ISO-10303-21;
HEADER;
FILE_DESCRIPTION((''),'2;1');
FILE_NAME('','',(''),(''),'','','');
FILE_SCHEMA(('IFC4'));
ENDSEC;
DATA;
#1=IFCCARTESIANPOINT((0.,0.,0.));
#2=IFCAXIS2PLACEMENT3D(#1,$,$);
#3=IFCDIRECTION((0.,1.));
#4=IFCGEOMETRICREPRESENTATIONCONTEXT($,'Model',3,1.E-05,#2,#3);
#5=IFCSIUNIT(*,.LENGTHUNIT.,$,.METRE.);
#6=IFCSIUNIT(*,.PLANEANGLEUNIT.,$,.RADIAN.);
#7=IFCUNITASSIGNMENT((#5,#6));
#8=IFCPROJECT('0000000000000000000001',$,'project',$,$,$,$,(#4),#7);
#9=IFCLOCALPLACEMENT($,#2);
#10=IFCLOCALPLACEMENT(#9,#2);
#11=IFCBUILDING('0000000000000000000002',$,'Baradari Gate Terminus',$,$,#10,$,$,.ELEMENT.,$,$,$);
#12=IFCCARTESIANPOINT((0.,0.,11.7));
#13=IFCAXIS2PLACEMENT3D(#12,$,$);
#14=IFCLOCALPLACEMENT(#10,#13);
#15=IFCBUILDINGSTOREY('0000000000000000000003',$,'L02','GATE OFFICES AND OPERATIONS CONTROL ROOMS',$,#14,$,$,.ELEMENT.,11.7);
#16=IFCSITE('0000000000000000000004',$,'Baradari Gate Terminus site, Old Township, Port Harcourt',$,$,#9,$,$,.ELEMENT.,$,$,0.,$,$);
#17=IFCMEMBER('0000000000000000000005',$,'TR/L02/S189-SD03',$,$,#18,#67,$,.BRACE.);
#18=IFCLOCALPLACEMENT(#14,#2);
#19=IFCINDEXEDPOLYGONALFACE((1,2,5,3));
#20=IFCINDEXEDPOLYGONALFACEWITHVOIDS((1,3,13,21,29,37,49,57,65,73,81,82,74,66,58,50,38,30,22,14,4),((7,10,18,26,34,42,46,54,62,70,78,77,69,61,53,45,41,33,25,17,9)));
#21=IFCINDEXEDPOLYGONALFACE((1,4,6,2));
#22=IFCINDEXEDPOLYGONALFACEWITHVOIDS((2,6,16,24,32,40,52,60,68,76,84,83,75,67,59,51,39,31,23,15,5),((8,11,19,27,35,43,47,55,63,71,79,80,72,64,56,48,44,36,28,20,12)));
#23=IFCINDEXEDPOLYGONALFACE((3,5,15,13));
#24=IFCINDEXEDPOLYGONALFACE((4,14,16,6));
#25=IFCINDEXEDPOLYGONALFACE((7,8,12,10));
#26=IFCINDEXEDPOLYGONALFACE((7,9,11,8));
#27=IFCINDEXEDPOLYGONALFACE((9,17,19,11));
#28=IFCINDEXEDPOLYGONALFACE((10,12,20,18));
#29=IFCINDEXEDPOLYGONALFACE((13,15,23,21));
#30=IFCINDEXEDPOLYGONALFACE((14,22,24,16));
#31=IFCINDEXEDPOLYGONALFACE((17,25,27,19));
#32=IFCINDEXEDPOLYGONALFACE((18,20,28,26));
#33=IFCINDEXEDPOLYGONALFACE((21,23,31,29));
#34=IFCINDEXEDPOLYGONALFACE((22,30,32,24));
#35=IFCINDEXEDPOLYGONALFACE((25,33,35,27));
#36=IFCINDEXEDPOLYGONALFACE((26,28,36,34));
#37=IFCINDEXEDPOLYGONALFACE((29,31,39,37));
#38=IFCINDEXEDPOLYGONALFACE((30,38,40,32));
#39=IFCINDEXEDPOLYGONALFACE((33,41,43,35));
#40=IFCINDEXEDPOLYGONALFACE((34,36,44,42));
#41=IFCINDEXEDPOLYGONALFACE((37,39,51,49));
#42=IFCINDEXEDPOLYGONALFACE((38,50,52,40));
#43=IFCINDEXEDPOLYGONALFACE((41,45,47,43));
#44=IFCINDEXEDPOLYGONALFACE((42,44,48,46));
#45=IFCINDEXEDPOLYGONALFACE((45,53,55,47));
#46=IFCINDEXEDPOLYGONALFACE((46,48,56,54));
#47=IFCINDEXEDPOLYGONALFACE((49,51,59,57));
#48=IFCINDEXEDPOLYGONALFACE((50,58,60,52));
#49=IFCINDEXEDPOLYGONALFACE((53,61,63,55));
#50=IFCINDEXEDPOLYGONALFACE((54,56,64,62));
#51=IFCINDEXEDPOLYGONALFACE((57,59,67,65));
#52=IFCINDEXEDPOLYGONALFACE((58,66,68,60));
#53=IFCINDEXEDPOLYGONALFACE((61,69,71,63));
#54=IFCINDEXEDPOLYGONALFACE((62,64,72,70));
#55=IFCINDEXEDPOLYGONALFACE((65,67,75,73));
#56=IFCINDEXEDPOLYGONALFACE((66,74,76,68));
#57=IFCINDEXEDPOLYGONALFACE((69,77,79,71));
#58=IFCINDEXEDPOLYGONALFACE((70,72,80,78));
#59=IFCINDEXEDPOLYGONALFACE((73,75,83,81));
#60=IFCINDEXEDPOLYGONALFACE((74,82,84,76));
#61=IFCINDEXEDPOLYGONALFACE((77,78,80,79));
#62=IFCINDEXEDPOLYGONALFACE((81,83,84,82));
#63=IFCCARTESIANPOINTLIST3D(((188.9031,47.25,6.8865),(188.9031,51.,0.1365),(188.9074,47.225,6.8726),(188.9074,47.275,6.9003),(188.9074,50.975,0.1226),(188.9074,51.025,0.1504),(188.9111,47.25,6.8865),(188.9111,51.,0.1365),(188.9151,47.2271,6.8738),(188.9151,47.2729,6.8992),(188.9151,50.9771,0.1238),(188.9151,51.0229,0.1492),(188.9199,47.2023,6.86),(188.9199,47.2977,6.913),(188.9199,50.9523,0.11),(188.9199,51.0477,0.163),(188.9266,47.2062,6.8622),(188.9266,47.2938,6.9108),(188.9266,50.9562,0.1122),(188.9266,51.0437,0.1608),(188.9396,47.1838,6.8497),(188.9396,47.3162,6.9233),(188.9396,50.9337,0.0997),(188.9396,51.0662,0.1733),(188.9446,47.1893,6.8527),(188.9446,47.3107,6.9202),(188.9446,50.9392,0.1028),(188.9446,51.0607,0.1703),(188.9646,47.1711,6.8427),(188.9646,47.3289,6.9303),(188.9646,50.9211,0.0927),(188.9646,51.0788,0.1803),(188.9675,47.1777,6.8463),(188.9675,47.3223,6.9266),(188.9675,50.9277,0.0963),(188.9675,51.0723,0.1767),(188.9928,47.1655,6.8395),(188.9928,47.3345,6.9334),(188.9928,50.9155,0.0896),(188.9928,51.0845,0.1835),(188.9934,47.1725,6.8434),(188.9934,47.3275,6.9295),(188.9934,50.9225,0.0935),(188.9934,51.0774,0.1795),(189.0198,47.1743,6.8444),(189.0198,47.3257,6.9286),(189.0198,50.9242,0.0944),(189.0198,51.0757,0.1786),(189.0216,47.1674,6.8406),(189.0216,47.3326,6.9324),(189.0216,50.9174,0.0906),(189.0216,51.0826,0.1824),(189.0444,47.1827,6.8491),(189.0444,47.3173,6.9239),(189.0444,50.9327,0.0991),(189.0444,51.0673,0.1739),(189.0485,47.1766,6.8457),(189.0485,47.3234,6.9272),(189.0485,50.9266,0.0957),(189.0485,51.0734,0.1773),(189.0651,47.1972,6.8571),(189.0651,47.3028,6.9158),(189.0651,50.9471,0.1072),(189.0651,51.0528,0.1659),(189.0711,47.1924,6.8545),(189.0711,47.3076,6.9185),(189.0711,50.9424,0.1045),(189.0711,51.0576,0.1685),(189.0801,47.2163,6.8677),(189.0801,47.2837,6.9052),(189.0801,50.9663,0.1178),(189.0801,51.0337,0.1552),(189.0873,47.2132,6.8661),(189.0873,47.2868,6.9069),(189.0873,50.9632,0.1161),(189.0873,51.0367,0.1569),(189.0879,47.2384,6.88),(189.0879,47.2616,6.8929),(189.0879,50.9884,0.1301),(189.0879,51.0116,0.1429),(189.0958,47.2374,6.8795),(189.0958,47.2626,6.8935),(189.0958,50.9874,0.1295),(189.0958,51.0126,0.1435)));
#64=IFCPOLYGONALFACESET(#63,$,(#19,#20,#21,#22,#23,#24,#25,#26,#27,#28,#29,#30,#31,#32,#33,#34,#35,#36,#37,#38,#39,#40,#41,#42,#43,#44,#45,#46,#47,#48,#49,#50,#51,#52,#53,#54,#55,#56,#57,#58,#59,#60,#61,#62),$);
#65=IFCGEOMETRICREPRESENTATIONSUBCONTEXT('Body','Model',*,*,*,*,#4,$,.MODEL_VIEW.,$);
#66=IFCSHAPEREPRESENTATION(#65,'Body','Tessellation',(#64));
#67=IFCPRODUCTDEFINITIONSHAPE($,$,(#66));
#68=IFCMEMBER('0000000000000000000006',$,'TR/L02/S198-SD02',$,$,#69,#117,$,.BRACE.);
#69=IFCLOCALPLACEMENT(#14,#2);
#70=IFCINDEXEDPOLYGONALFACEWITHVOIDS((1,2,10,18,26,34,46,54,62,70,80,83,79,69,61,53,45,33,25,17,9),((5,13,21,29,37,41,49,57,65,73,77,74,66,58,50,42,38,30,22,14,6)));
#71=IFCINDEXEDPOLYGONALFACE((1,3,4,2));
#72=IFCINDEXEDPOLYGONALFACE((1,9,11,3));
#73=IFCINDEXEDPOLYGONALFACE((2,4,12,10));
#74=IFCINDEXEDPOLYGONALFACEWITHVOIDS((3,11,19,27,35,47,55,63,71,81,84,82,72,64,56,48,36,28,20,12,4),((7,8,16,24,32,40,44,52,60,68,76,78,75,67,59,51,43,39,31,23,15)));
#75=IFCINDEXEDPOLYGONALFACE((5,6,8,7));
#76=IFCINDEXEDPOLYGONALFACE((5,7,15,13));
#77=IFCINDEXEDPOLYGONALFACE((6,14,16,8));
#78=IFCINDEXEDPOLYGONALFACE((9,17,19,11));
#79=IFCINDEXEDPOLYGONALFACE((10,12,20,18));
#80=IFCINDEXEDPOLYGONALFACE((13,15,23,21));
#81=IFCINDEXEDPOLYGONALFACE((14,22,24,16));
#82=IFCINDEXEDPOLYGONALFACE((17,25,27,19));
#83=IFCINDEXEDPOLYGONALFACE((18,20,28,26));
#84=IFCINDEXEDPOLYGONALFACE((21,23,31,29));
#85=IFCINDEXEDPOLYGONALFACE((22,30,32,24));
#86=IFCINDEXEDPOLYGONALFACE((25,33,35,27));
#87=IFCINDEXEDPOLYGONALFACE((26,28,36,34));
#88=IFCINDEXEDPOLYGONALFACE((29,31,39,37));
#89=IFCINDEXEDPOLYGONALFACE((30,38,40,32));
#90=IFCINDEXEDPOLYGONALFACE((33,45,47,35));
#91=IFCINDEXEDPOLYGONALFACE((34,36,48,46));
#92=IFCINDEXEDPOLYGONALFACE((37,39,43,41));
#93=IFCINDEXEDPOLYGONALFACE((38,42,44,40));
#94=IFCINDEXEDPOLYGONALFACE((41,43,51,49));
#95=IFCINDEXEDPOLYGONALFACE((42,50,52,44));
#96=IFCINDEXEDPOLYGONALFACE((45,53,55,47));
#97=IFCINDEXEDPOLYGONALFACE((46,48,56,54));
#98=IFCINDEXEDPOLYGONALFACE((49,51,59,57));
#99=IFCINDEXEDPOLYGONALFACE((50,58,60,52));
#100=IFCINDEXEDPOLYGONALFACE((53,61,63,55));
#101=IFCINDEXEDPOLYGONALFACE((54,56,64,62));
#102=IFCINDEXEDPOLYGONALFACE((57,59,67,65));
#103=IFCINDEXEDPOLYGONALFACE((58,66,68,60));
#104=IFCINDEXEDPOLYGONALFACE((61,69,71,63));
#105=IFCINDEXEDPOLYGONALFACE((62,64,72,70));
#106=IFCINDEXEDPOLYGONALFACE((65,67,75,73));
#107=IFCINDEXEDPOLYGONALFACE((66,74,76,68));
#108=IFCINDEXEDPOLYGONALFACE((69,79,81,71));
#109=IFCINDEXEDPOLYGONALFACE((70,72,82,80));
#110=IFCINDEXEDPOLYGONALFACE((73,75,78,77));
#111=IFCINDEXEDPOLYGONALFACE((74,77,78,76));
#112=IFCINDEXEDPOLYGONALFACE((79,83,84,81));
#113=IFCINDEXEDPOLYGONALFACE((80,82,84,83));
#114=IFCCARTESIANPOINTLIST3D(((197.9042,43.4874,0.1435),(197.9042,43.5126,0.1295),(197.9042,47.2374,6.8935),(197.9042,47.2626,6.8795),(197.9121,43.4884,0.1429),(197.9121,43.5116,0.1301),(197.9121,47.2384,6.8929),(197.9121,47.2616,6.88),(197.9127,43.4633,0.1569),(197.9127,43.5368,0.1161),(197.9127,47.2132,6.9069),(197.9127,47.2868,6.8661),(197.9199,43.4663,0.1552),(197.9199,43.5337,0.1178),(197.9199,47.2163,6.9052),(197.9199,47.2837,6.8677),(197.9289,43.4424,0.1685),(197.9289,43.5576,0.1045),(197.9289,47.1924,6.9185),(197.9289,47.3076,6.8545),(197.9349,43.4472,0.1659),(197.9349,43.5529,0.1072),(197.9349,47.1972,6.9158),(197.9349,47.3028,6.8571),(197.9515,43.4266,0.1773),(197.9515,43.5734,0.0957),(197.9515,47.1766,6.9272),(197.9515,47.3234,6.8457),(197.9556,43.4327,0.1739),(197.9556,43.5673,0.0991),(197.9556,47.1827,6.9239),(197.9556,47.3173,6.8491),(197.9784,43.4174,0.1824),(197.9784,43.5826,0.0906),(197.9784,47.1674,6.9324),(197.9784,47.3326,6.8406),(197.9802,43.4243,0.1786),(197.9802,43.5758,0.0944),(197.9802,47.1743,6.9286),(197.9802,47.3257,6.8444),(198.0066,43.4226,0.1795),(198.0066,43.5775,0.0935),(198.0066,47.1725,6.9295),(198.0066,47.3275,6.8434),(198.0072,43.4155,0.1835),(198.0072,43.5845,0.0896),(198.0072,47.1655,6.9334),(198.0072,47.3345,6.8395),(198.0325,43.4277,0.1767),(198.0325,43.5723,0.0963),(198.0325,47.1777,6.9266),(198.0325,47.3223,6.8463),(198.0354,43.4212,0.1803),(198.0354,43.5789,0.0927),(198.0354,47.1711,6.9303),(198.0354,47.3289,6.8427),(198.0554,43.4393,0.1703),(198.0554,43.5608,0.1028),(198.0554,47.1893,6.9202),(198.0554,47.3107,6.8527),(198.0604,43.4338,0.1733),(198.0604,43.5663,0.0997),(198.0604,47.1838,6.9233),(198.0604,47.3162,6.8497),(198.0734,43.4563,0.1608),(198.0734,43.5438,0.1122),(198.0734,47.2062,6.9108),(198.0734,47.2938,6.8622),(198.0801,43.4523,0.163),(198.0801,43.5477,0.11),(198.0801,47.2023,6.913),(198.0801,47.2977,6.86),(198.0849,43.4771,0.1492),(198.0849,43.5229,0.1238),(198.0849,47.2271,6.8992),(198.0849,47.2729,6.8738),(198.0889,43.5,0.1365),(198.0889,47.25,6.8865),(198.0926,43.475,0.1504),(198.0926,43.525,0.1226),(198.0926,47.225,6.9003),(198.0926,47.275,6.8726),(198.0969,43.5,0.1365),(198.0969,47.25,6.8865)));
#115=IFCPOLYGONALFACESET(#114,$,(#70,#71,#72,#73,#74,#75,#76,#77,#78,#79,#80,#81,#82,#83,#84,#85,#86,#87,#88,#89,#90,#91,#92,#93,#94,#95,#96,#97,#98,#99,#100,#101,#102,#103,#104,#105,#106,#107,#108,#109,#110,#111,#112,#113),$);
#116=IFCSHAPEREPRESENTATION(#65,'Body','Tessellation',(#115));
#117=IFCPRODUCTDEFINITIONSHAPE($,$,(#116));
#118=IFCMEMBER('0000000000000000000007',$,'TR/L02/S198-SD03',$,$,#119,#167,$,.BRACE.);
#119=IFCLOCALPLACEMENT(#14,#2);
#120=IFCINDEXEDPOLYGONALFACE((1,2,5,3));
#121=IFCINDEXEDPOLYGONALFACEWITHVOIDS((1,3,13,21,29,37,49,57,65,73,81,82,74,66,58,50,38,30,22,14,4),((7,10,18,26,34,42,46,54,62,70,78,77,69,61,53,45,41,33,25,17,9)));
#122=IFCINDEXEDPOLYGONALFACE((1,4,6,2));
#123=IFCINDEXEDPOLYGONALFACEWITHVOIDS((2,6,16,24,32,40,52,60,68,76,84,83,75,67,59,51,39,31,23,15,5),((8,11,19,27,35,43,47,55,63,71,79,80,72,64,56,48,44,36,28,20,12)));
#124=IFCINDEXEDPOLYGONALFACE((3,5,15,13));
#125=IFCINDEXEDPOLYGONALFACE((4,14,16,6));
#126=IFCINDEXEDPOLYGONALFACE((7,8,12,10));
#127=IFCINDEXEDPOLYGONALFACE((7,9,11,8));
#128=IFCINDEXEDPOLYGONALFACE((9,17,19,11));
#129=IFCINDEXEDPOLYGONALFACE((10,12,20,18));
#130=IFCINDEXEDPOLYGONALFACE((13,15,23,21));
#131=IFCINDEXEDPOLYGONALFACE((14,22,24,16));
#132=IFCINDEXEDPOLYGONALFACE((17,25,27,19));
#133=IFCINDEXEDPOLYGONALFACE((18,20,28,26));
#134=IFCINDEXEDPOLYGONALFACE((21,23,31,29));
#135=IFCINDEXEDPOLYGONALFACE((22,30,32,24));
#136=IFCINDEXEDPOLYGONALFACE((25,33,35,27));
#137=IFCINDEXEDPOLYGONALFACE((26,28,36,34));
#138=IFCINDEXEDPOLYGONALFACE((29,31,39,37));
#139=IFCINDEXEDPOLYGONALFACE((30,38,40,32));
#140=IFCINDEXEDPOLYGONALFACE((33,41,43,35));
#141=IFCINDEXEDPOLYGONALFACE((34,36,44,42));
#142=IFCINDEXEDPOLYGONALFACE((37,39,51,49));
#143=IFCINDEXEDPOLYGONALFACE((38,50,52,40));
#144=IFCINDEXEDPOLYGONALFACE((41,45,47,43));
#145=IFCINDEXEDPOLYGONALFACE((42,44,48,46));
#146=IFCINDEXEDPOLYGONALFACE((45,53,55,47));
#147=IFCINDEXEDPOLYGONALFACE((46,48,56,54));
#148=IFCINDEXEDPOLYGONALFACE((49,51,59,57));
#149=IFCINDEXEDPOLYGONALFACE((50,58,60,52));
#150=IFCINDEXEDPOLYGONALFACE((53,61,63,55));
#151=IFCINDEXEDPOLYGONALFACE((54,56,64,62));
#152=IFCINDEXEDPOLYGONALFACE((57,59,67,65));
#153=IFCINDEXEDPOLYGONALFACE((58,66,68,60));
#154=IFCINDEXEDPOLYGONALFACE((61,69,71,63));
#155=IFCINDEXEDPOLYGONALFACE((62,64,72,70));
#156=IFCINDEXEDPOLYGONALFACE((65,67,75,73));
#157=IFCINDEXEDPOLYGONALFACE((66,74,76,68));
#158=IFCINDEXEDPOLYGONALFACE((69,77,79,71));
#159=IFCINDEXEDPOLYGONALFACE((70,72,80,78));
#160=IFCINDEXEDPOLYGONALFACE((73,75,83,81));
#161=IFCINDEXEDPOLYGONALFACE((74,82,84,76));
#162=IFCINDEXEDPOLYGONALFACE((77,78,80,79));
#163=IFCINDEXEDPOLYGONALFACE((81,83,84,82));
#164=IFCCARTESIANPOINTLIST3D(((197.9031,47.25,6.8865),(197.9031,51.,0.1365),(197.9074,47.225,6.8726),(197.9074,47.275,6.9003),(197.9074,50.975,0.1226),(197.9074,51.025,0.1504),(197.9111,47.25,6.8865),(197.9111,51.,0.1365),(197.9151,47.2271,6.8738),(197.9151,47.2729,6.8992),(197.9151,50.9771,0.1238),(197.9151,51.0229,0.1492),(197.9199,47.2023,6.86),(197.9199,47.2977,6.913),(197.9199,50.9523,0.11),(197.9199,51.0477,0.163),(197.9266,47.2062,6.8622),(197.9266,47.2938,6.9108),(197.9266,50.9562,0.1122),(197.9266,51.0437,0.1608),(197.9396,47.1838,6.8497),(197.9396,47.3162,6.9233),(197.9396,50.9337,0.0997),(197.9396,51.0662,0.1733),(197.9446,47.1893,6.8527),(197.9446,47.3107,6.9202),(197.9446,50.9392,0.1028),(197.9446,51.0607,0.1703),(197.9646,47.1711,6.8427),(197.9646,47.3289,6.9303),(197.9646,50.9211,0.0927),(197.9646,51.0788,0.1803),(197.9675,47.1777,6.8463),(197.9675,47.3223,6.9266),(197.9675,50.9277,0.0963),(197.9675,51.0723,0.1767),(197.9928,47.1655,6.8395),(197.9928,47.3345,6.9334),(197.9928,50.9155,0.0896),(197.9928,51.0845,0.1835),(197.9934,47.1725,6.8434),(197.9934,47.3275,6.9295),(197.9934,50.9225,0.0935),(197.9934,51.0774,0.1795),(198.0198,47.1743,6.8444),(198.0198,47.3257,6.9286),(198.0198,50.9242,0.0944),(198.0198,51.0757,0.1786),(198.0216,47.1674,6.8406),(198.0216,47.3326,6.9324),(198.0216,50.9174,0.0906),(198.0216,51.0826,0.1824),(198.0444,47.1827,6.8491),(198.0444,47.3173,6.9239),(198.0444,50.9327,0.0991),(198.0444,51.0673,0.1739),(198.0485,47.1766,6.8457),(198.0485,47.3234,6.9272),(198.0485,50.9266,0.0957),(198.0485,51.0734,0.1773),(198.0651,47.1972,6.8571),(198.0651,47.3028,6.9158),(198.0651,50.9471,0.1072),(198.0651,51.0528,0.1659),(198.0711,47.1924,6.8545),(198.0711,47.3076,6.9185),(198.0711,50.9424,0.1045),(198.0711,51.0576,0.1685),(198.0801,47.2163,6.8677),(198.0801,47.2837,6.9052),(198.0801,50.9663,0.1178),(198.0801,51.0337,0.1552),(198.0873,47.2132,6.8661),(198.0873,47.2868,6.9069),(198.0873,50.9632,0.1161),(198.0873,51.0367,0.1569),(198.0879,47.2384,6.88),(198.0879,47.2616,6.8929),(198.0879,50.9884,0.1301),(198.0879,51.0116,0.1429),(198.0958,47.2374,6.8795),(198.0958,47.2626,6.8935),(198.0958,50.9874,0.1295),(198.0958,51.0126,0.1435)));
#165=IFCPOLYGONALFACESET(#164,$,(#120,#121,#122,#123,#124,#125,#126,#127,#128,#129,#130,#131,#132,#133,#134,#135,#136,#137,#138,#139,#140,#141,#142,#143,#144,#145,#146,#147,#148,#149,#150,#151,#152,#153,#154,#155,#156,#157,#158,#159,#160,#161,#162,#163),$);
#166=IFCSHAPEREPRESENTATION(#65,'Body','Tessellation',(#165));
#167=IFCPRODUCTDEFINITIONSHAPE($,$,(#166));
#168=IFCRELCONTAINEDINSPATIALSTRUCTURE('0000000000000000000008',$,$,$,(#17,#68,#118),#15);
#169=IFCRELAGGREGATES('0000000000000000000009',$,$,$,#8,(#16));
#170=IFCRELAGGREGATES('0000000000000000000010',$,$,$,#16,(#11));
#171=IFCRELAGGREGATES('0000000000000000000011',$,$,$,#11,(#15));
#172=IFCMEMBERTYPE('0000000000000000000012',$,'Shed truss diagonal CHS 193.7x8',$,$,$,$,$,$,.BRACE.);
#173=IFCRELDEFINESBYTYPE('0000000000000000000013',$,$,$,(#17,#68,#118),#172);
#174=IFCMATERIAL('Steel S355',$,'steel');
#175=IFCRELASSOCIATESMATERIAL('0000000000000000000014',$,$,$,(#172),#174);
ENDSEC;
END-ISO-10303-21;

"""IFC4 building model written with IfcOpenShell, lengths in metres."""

from ifc_helpers import new_model, si_unit, direction, frame, origin, origin_2d, place, context, subcontext, project, spatial, hollow_circle, extrude, material, material_profile, profile_set, type_object, element, save


model = new_model("IFC4")

# Units and contexts
model_context = context("Model", 3, precision=1e-05, world=origin(), true_north=direction((0.0, 1.0)))
body_context = subcontext(model_context, "Body", "Model", "MODEL_VIEW")
ifc_project = project(units=[si_unit("LENGTHUNIT", "METRE"), si_unit("PLANEANGLEUNIT", "RADIAN")], contexts=[model_context])

# Site, building, storey
site_placement = place(None, origin())
site = spatial("IfcSite", under=ifc_project, at=site_placement, Name="Baradari Gate Terminus site, Old Township, Port Harcourt", CompositionType="ELEMENT", RefElevation=0.0)
building_placement = place(site_placement, origin())
building = spatial("IfcBuilding", under=site, at=building_placement, Name="Baradari Gate Terminus", CompositionType="ELEMENT")
storey_placement = place(building_placement, frame((0.0, 0.0, 11.7)))
storey = spatial("IfcBuildingStorey", under=building, at=storey_placement, Name="L02", Description="GATE OFFICES AND OPERATIONS CONTROL ROOMS", CompositionType="ELEMENT", Elevation=11.7)

# Members
ifc_material_1 = material(Name="Steel S355", Category="steel")
ifc_material_profile_1 = material_profile(ifc_material_1, hollow_circle(Radius=0.0969, WallThickness=0.0081, at=origin_2d()), Name="CHS 193.7x8")
ifc_profile_set_1 = profile_set([ifc_material_profile_1], Name="Steel S355")
member_type_1 = type_object("IfcMemberType", Name="Shed truss diagonal CHS 193.7x8", PredefinedType="BRACE", material=ifc_profile_set_1)
for number, where, z_axis, x_axis, name in (
    (1, (189.0, 47.25, 6.8865), (0.0, 0.485643, -0.874157), (-1.0, 0.0, 0.0), "TR/L02/S189-SD03"),
    (2, (198.0, 47.25, 6.8865), (0.0, -0.485643, -0.874157), (1.0, 0.0, 0.0), "TR/L02/S198-SD02"),
    (3, (198.0, 47.25, 6.8865), (0.0, 0.485643, -0.874157), (-1.0, 0.0, 0.0), "TR/L02/S198-SD03"),
):
    element("IfcMember", number, at=place(storey_placement, frame(where, z_axis=z_axis, x_axis=x_axis)), inside=storey, type_object=member_type_1, Name=name, PredefinedType="BRACE", context=body_context, shape_type="SweptSolid", body=[
        extrude(hollow_circle(Radius=0.0969, WallThickness=0.0081, at=origin_2d()), origin(), (0.0, 0.0, 1.0), 7.7217),
    ])

save(model, "model.ifc")
